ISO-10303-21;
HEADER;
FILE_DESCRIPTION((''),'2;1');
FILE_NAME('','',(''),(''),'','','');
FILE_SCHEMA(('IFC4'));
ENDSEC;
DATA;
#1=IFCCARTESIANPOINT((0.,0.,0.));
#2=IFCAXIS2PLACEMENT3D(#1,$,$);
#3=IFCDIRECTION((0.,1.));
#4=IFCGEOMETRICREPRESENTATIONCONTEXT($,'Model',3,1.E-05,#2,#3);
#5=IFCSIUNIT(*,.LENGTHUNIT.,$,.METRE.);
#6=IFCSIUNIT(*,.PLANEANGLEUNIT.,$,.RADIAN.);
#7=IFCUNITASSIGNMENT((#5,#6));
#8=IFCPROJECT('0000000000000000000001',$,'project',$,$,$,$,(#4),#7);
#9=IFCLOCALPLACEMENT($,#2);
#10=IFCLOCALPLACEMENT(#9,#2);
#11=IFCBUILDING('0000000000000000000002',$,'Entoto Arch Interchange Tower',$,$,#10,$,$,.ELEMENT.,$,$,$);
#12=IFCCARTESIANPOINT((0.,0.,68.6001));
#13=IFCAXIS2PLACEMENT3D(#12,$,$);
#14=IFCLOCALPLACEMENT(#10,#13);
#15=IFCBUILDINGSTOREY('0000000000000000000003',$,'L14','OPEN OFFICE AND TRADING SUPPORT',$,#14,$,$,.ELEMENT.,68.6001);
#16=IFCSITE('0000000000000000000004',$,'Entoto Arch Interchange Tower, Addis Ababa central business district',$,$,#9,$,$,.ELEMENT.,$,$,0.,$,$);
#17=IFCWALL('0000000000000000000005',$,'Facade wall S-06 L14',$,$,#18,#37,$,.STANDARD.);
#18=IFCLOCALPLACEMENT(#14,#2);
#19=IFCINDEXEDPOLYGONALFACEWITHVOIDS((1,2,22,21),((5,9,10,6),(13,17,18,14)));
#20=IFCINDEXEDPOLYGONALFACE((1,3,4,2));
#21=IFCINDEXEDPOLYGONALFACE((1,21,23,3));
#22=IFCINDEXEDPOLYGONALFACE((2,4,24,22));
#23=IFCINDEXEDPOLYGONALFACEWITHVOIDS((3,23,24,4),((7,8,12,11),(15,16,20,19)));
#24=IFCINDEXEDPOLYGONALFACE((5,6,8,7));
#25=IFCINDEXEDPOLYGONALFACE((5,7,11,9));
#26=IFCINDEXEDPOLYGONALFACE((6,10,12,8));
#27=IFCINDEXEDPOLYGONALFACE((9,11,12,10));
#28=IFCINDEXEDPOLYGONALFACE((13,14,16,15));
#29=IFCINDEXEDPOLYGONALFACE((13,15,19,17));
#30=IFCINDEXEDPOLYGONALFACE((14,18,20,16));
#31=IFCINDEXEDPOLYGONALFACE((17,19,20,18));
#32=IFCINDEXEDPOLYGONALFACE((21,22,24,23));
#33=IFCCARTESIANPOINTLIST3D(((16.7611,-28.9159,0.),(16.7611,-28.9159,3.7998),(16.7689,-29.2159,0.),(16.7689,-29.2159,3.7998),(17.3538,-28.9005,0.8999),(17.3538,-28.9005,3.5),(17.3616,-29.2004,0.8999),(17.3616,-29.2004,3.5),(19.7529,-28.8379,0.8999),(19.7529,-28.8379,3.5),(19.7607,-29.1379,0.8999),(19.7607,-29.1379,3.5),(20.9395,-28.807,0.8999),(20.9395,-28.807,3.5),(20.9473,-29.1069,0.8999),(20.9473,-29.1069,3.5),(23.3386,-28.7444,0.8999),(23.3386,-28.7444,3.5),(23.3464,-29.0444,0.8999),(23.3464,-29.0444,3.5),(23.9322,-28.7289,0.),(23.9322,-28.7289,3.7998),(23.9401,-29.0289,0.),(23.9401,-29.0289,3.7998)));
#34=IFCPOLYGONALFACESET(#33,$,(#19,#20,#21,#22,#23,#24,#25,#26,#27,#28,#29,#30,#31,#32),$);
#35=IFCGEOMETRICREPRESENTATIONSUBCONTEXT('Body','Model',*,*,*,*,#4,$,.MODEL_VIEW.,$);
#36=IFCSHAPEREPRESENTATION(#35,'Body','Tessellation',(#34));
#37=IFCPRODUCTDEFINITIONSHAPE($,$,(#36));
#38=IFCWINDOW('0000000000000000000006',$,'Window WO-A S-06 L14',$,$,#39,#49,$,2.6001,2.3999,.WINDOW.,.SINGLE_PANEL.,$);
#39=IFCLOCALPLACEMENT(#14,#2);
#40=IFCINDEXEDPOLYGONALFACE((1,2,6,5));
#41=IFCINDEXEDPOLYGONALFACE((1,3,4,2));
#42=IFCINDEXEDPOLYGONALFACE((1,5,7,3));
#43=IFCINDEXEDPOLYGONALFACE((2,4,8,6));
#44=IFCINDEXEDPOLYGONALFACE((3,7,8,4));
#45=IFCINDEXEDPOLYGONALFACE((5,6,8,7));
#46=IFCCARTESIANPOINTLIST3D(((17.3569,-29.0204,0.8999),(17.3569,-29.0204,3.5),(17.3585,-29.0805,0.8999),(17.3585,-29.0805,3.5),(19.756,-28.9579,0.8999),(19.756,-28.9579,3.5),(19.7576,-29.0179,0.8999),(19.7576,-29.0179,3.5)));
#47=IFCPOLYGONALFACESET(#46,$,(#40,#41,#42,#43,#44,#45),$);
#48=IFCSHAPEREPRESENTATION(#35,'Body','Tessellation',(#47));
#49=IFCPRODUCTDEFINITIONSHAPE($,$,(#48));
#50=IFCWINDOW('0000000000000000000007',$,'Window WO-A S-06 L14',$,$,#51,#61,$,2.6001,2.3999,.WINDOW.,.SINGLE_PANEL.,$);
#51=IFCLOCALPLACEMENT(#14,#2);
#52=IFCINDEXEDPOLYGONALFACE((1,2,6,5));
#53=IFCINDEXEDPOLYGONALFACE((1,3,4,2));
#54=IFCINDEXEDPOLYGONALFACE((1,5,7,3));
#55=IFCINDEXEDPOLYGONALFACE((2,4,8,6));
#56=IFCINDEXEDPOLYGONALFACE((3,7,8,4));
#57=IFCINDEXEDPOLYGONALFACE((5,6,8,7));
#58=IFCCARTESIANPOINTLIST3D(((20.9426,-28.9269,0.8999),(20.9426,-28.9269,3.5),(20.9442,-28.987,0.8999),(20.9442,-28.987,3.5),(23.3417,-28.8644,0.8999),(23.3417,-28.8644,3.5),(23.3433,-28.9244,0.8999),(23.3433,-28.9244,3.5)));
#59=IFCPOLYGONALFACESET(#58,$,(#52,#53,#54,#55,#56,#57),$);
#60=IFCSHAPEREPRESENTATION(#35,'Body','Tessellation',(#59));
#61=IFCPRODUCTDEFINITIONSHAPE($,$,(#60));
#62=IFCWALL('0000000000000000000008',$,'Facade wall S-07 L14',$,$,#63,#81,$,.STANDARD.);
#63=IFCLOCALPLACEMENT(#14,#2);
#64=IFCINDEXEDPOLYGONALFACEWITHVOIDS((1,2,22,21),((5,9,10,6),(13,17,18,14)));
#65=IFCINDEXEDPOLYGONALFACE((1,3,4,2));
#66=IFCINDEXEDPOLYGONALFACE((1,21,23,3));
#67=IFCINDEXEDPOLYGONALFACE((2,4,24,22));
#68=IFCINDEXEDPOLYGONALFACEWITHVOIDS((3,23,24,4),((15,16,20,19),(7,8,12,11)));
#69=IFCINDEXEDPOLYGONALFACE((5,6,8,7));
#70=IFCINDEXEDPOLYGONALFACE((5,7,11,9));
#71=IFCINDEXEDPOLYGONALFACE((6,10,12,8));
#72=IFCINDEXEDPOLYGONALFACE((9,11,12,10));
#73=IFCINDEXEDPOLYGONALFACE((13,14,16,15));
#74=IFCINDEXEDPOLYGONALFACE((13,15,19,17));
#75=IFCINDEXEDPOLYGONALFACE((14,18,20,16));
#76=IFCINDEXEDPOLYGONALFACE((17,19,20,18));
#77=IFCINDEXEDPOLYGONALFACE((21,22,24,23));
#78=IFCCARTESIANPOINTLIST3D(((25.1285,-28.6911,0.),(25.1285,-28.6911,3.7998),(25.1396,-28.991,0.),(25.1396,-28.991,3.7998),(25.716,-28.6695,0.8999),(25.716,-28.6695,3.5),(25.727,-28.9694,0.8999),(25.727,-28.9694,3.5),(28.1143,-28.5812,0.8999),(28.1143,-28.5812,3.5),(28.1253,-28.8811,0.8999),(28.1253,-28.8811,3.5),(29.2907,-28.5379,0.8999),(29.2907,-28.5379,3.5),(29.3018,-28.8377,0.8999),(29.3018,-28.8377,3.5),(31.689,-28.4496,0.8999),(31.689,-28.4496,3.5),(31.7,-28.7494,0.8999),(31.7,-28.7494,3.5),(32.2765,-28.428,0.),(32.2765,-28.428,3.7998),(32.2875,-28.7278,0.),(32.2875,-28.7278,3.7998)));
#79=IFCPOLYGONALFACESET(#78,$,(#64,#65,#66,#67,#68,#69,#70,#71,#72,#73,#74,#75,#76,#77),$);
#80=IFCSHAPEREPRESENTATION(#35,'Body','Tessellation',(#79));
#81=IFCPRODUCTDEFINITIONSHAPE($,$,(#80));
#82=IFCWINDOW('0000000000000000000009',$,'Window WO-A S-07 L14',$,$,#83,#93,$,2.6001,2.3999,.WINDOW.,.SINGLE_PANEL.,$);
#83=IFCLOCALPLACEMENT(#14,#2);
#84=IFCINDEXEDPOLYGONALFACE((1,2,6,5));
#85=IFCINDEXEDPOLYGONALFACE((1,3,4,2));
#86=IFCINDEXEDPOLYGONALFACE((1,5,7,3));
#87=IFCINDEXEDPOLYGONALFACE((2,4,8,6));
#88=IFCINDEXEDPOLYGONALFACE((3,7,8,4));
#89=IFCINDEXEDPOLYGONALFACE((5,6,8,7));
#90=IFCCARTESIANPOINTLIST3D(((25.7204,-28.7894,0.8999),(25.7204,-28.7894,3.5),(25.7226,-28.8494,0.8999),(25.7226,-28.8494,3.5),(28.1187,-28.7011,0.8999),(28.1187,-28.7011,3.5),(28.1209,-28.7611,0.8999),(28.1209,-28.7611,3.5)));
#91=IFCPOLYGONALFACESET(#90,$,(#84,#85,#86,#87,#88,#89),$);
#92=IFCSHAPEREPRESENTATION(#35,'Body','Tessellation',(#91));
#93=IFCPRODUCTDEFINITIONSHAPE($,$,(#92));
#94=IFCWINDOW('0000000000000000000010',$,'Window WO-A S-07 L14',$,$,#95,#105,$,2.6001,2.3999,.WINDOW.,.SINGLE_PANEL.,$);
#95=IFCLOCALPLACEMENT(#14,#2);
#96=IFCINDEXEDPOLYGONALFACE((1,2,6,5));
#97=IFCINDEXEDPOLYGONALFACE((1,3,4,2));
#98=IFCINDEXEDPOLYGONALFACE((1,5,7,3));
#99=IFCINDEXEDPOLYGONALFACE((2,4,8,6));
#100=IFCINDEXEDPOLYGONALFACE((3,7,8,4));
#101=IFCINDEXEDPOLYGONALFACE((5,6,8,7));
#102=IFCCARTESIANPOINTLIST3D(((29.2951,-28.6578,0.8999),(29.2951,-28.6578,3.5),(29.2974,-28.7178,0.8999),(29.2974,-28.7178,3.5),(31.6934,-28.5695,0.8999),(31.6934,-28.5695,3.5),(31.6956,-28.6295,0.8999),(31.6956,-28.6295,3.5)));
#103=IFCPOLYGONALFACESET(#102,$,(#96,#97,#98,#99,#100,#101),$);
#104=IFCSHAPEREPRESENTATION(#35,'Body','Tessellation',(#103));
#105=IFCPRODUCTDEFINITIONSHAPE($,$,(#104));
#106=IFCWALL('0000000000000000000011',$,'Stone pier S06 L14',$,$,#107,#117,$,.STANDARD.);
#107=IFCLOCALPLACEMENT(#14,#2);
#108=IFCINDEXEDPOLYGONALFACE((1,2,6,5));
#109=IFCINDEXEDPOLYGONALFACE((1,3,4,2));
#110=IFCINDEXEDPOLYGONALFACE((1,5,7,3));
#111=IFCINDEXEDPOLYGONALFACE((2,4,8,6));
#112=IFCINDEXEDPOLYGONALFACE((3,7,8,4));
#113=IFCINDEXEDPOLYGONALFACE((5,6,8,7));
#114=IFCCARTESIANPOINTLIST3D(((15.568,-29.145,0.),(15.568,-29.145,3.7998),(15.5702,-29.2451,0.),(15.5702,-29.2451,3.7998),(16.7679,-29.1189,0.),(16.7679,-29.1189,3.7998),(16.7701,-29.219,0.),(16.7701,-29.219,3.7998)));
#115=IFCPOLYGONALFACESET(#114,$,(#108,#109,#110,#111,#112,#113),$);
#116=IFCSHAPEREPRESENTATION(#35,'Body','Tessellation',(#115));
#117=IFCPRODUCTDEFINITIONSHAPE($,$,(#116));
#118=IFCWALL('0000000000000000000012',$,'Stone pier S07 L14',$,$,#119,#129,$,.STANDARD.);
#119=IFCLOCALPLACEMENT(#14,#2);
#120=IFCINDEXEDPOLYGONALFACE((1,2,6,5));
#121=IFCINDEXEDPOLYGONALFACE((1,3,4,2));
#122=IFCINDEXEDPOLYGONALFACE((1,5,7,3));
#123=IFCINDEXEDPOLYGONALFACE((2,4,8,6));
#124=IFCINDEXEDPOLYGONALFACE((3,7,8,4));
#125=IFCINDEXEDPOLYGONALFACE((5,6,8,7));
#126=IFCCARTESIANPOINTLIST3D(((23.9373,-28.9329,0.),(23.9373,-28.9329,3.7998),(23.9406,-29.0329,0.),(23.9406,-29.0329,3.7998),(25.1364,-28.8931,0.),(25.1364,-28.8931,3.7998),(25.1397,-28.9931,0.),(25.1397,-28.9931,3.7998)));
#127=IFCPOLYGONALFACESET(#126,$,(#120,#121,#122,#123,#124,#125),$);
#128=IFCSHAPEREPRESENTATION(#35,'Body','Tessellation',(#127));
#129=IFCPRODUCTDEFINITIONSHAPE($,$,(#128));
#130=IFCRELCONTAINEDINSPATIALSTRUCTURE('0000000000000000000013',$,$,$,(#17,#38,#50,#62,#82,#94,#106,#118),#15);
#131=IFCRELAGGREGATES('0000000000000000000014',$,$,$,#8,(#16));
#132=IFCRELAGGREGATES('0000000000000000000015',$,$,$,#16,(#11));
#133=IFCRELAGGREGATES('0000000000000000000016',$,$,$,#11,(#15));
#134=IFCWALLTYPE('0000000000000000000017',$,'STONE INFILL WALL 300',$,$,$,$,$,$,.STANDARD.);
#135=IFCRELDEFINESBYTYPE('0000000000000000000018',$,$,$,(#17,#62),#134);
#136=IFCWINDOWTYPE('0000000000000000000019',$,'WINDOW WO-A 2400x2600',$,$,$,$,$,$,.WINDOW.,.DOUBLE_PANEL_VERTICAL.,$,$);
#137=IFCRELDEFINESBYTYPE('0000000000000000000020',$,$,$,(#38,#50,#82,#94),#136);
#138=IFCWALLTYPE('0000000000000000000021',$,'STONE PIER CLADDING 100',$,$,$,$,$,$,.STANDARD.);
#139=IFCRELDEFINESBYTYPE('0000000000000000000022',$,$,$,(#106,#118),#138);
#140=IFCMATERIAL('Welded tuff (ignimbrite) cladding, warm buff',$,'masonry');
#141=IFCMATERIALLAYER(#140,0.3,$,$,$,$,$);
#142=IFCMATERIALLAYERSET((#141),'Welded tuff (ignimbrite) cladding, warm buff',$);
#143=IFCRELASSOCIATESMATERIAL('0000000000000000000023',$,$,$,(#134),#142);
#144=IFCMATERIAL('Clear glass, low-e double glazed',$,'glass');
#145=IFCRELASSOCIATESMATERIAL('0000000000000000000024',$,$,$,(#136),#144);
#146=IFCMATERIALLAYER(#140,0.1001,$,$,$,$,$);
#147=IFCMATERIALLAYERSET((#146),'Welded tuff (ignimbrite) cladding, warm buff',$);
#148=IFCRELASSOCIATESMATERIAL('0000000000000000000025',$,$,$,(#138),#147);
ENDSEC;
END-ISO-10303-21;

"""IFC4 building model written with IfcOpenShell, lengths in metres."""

from ifc_helpers import new_model, si_unit, direction, frame, frame_2d, origin, place, context, subcontext, project, spatial, rectangle, extrude, material, layer, layer_set, type_object, element, fill, save


model = new_model("IFC4")

# Units and contexts
model_context = context("Model", 3, precision=1e-05, world=origin(), true_north=direction((0.0, 1.0)))
body_context = subcontext(model_context, "Body", "Model", "MODEL_VIEW")
ifc_project = project(units=[si_unit("LENGTHUNIT", "METRE"), si_unit("PLANEANGLEUNIT", "RADIAN")], contexts=[model_context])

# Site, building, storey
site_placement = place(None, origin())
site = spatial("IfcSite", under=ifc_project, at=site_placement, Name="Entoto Arch Interchange Tower, Addis Ababa central business district", CompositionType="ELEMENT", RefElevation=0.0)
building_placement = place(site_placement, origin())
building = spatial("IfcBuilding", under=site, at=building_placement, Name="Entoto Arch Interchange Tower", CompositionType="ELEMENT")
storey_placement = place(building_placement, frame((0.0, 0.0, 68.6001)))
storey = spatial("IfcBuildingStorey", under=building, at=storey_placement, Name="L14", Description="OPEN OFFICE AND TRADING SUPPORT", CompositionType="ELEMENT", Elevation=68.6001)

# Walls, openings, windows
ifc_material_1 = material(Name="Welded tuff (ignimbrite) cladding, warm buff", Category="masonry")
ifc_layer_1 = layer(ifc_material_1, 0.3)
ifc_layer_set_1 = layer_set([ifc_layer_1], Name="Welded tuff (ignimbrite) cladding, warm buff")
wall_type_1 = type_object("IfcWallType", Name="STONE INFILL WALL 300", PredefinedType="STANDARD", material=ifc_layer_set_1)
wall_1_placement = place(storey_placement, frame((16.7649, -29.0659, 0.0), z_axis=(0.0, 0.0, 1.0), x_axis=(0.99966, 0.02607, 0.0)))
wall_1 = element("IfcWall", 1, at=wall_1_placement, inside=storey, type_object=wall_type_1, Name="Facade wall S-06 L14", PredefinedType="STANDARD", context=body_context, shape_type="SweptSolid", body=[
    extrude(rectangle(XDim=7.1736, YDim=0.3, at=frame_2d((3.5869, 0.0))), origin(), (0.0, 0.0, 1.0), 3.7998),
])
opening_1_placement = place(wall_1_placement, frame((0.593, 0.0, 0.8999)))
opening_1 = element("IfcOpeningElement", 2, at=opening_1_placement, cuts=wall_1, PredefinedType="OPENING", context=body_context, shape_type="SweptSolid", body=[
    extrude(rectangle(XDim=2.3999, YDim=2.6001, at=frame_2d((1.2, 1.3))), frame((0.0, 0.1602, 0.0), z_axis=(0.0, -1.0, 0.0), x_axis=(1.0, 0.0, 0.0)), (0.0, 0.0, 1.0), 0.3201),
])
opening_2_placement = place(wall_1_placement, frame((4.1799, 0.0, 0.8999)))
opening_2 = element("IfcOpeningElement", 3, at=opening_2_placement, cuts=wall_1, PredefinedType="OPENING", context=body_context, shape_type="SweptSolid", body=[
    extrude(rectangle(XDim=2.3999, YDim=2.6001, at=frame_2d((1.2, 1.3))), frame((0.0, 0.1602, 0.0), z_axis=(0.0, -1.0, 0.0), x_axis=(1.0, 0.0, 0.0)), (0.0, 0.0, 1.0), 0.3201),
])
ifc_material_2 = material(Name="Clear glass, low-e double glazed", Category="glass")
window_type = type_object("IfcWindowType", Name="WINDOW WO-A 2400x2600", PartitioningType="DOUBLE_PANEL_VERTICAL", PredefinedType="WINDOW", material=ifc_material_2)
window_1_placement = place(opening_1_placement, origin())
window_1 = element("IfcWindow", 4, at=window_1_placement, inside=storey, type_object=window_type, Name="Window WO-A S-06 L14", OverallHeight=2.6001, OverallWidth=2.3999, PartitioningType="SINGLE_PANEL", PredefinedType="WINDOW", context=body_context, shape_type="SweptSolid", body=[
    extrude(rectangle(XDim=2.3999, YDim=2.6001, at=frame_2d((1.2, 1.3))), frame((0.0, 0.03, 0.0), z_axis=(0.0, -1.0, 0.0), x_axis=(1.0, 0.0, 0.0)), (0.0, 0.0, 1.0), 0.0601),
])
fill(opening_1, window_1)
window_2_placement = place(opening_2_placement, origin())
window_2 = element("IfcWindow", 5, at=window_2_placement, inside=storey, type_object=window_type, Name="Window WO-A S-06 L14", OverallHeight=2.6001, OverallWidth=2.3999, PartitioningType="SINGLE_PANEL", PredefinedType="WINDOW", context=body_context, shape_type="SweptSolid", body=[
    extrude(rectangle(XDim=2.3999, YDim=2.6001, at=frame_2d((1.2, 1.3))), frame((0.0, 0.03, 0.0), z_axis=(0.0, -1.0, 0.0), x_axis=(1.0, 0.0, 0.0)), (0.0, 0.0, 1.0), 0.0601),
])
fill(opening_2, window_2)
wall_2_placement = place(storey_placement, frame((25.134, -28.8411, 0.0), z_axis=(0.0, 0.0, 1.0), x_axis=(0.999323, 0.036795, 0.0)))
wall_2 = element("IfcWall", 6, at=wall_2_placement, inside=storey, type_object=wall_type_1, Name="Facade wall S-07 L14", PredefinedType="STANDARD", context=body_context, shape_type="SweptSolid", body=[
    extrude(rectangle(XDim=7.1528, YDim=0.3, at=frame_2d((3.5764, 0.0))), origin(), (0.0, 0.0, 1.0), 3.7998),
])
opening_3_placement = place(wall_2_placement, frame((0.5879, 0.0, 0.8999)))
opening_3 = element("IfcOpeningElement", 7, at=opening_3_placement, cuts=wall_2, PredefinedType="OPENING", context=body_context, shape_type="SweptSolid", body=[
    extrude(rectangle(XDim=2.3999, YDim=2.6001, at=frame_2d((1.2, 1.3))), frame((0.0, 0.1602, 0.0), z_axis=(0.0, -1.0, 0.0), x_axis=(1.0, 0.0, 0.0)), (0.0, 0.0, 1.0), 0.3201),
])
opening_4_placement = place(wall_2_placement, frame((4.165, 0.0, 0.8999)))
opening_4 = element("IfcOpeningElement", 8, at=opening_4_placement, cuts=wall_2, PredefinedType="OPENING", context=body_context, shape_type="SweptSolid", body=[
    extrude(rectangle(XDim=2.3999, YDim=2.6001, at=frame_2d((1.2, 1.3))), frame((0.0, 0.1602, 0.0), z_axis=(0.0, -1.0, 0.0), x_axis=(1.0, 0.0, 0.0)), (0.0, 0.0, 1.0), 0.3201),
])
window_3_placement = place(opening_3_placement, origin())
window_3 = element("IfcWindow", 9, at=window_3_placement, inside=storey, type_object=window_type, Name="Window WO-A S-07 L14", OverallHeight=2.6001, OverallWidth=2.3999, PartitioningType="SINGLE_PANEL", PredefinedType="WINDOW", context=body_context, shape_type="SweptSolid", body=[
    extrude(rectangle(XDim=2.3999, YDim=2.6001, at=frame_2d((1.2, 1.3))), frame((0.0, 0.03, 0.0), z_axis=(0.0, -1.0, 0.0), x_axis=(1.0, 0.0, 0.0)), (0.0, 0.0, 1.0), 0.0601),
])
fill(opening_3, window_3)
window_4_placement = place(opening_4_placement, origin())
window_4 = element("IfcWindow", 10, at=window_4_placement, inside=storey, type_object=window_type, Name="Window WO-A S-07 L14", OverallHeight=2.6001, OverallWidth=2.3999, PartitioningType="SINGLE_PANEL", PredefinedType="WINDOW", context=body_context, shape_type="SweptSolid", body=[
    extrude(rectangle(XDim=2.3999, YDim=2.6001, at=frame_2d((1.2, 1.3))), frame((0.0, 0.03, 0.0), z_axis=(0.0, -1.0, 0.0), x_axis=(1.0, 0.0, 0.0)), (0.0, 0.0, 1.0), 0.0601),
])
fill(opening_4, window_4)

# Walls
ifc_layer_2 = layer(ifc_material_1, 0.1001)
ifc_layer_set_2 = layer_set([ifc_layer_2], Name="Welded tuff (ignimbrite) cladding, warm buff")
wall_type_2 = type_object("IfcWallType", Name="STONE PIER CLADDING 100", PredefinedType="STANDARD", material=ifc_layer_set_2)
wall_3_placement = place(storey_placement, frame((15.5691, -29.1951, 0.0), z_axis=(0.0, 0.0, 1.0), x_axis=(0.999763, 0.021765, 0.0)))
element("IfcWall", 11, at=wall_3_placement, inside=storey, type_object=wall_type_2, Name="Stone pier S06 L14", PredefinedType="STANDARD", context=body_context, shape_type="SweptSolid", body=[
    extrude(rectangle(XDim=1.2002, YDim=0.1001, at=frame_2d((0.6001, 0.0))), origin(), (0.0, 0.0, 1.0), 3.7998),
])
wall_4_placement = place(storey_placement, frame((23.939, -28.9829, 0.0), z_axis=(0.0, 0.0, 1.0), x_axis=(0.99945, 0.033173, 0.0)))
element("IfcWall", 12, at=wall_4_placement, inside=storey, type_object=wall_type_2, Name="Stone pier S07 L14", PredefinedType="STANDARD", context=body_context, shape_type="SweptSolid", body=[
    extrude(rectangle(XDim=1.1997, YDim=0.1001, at=frame_2d((0.5999, 0.0))), origin(), (0.0, 0.0, 1.0), 3.7998),
])

save(model, "model.ifc")
